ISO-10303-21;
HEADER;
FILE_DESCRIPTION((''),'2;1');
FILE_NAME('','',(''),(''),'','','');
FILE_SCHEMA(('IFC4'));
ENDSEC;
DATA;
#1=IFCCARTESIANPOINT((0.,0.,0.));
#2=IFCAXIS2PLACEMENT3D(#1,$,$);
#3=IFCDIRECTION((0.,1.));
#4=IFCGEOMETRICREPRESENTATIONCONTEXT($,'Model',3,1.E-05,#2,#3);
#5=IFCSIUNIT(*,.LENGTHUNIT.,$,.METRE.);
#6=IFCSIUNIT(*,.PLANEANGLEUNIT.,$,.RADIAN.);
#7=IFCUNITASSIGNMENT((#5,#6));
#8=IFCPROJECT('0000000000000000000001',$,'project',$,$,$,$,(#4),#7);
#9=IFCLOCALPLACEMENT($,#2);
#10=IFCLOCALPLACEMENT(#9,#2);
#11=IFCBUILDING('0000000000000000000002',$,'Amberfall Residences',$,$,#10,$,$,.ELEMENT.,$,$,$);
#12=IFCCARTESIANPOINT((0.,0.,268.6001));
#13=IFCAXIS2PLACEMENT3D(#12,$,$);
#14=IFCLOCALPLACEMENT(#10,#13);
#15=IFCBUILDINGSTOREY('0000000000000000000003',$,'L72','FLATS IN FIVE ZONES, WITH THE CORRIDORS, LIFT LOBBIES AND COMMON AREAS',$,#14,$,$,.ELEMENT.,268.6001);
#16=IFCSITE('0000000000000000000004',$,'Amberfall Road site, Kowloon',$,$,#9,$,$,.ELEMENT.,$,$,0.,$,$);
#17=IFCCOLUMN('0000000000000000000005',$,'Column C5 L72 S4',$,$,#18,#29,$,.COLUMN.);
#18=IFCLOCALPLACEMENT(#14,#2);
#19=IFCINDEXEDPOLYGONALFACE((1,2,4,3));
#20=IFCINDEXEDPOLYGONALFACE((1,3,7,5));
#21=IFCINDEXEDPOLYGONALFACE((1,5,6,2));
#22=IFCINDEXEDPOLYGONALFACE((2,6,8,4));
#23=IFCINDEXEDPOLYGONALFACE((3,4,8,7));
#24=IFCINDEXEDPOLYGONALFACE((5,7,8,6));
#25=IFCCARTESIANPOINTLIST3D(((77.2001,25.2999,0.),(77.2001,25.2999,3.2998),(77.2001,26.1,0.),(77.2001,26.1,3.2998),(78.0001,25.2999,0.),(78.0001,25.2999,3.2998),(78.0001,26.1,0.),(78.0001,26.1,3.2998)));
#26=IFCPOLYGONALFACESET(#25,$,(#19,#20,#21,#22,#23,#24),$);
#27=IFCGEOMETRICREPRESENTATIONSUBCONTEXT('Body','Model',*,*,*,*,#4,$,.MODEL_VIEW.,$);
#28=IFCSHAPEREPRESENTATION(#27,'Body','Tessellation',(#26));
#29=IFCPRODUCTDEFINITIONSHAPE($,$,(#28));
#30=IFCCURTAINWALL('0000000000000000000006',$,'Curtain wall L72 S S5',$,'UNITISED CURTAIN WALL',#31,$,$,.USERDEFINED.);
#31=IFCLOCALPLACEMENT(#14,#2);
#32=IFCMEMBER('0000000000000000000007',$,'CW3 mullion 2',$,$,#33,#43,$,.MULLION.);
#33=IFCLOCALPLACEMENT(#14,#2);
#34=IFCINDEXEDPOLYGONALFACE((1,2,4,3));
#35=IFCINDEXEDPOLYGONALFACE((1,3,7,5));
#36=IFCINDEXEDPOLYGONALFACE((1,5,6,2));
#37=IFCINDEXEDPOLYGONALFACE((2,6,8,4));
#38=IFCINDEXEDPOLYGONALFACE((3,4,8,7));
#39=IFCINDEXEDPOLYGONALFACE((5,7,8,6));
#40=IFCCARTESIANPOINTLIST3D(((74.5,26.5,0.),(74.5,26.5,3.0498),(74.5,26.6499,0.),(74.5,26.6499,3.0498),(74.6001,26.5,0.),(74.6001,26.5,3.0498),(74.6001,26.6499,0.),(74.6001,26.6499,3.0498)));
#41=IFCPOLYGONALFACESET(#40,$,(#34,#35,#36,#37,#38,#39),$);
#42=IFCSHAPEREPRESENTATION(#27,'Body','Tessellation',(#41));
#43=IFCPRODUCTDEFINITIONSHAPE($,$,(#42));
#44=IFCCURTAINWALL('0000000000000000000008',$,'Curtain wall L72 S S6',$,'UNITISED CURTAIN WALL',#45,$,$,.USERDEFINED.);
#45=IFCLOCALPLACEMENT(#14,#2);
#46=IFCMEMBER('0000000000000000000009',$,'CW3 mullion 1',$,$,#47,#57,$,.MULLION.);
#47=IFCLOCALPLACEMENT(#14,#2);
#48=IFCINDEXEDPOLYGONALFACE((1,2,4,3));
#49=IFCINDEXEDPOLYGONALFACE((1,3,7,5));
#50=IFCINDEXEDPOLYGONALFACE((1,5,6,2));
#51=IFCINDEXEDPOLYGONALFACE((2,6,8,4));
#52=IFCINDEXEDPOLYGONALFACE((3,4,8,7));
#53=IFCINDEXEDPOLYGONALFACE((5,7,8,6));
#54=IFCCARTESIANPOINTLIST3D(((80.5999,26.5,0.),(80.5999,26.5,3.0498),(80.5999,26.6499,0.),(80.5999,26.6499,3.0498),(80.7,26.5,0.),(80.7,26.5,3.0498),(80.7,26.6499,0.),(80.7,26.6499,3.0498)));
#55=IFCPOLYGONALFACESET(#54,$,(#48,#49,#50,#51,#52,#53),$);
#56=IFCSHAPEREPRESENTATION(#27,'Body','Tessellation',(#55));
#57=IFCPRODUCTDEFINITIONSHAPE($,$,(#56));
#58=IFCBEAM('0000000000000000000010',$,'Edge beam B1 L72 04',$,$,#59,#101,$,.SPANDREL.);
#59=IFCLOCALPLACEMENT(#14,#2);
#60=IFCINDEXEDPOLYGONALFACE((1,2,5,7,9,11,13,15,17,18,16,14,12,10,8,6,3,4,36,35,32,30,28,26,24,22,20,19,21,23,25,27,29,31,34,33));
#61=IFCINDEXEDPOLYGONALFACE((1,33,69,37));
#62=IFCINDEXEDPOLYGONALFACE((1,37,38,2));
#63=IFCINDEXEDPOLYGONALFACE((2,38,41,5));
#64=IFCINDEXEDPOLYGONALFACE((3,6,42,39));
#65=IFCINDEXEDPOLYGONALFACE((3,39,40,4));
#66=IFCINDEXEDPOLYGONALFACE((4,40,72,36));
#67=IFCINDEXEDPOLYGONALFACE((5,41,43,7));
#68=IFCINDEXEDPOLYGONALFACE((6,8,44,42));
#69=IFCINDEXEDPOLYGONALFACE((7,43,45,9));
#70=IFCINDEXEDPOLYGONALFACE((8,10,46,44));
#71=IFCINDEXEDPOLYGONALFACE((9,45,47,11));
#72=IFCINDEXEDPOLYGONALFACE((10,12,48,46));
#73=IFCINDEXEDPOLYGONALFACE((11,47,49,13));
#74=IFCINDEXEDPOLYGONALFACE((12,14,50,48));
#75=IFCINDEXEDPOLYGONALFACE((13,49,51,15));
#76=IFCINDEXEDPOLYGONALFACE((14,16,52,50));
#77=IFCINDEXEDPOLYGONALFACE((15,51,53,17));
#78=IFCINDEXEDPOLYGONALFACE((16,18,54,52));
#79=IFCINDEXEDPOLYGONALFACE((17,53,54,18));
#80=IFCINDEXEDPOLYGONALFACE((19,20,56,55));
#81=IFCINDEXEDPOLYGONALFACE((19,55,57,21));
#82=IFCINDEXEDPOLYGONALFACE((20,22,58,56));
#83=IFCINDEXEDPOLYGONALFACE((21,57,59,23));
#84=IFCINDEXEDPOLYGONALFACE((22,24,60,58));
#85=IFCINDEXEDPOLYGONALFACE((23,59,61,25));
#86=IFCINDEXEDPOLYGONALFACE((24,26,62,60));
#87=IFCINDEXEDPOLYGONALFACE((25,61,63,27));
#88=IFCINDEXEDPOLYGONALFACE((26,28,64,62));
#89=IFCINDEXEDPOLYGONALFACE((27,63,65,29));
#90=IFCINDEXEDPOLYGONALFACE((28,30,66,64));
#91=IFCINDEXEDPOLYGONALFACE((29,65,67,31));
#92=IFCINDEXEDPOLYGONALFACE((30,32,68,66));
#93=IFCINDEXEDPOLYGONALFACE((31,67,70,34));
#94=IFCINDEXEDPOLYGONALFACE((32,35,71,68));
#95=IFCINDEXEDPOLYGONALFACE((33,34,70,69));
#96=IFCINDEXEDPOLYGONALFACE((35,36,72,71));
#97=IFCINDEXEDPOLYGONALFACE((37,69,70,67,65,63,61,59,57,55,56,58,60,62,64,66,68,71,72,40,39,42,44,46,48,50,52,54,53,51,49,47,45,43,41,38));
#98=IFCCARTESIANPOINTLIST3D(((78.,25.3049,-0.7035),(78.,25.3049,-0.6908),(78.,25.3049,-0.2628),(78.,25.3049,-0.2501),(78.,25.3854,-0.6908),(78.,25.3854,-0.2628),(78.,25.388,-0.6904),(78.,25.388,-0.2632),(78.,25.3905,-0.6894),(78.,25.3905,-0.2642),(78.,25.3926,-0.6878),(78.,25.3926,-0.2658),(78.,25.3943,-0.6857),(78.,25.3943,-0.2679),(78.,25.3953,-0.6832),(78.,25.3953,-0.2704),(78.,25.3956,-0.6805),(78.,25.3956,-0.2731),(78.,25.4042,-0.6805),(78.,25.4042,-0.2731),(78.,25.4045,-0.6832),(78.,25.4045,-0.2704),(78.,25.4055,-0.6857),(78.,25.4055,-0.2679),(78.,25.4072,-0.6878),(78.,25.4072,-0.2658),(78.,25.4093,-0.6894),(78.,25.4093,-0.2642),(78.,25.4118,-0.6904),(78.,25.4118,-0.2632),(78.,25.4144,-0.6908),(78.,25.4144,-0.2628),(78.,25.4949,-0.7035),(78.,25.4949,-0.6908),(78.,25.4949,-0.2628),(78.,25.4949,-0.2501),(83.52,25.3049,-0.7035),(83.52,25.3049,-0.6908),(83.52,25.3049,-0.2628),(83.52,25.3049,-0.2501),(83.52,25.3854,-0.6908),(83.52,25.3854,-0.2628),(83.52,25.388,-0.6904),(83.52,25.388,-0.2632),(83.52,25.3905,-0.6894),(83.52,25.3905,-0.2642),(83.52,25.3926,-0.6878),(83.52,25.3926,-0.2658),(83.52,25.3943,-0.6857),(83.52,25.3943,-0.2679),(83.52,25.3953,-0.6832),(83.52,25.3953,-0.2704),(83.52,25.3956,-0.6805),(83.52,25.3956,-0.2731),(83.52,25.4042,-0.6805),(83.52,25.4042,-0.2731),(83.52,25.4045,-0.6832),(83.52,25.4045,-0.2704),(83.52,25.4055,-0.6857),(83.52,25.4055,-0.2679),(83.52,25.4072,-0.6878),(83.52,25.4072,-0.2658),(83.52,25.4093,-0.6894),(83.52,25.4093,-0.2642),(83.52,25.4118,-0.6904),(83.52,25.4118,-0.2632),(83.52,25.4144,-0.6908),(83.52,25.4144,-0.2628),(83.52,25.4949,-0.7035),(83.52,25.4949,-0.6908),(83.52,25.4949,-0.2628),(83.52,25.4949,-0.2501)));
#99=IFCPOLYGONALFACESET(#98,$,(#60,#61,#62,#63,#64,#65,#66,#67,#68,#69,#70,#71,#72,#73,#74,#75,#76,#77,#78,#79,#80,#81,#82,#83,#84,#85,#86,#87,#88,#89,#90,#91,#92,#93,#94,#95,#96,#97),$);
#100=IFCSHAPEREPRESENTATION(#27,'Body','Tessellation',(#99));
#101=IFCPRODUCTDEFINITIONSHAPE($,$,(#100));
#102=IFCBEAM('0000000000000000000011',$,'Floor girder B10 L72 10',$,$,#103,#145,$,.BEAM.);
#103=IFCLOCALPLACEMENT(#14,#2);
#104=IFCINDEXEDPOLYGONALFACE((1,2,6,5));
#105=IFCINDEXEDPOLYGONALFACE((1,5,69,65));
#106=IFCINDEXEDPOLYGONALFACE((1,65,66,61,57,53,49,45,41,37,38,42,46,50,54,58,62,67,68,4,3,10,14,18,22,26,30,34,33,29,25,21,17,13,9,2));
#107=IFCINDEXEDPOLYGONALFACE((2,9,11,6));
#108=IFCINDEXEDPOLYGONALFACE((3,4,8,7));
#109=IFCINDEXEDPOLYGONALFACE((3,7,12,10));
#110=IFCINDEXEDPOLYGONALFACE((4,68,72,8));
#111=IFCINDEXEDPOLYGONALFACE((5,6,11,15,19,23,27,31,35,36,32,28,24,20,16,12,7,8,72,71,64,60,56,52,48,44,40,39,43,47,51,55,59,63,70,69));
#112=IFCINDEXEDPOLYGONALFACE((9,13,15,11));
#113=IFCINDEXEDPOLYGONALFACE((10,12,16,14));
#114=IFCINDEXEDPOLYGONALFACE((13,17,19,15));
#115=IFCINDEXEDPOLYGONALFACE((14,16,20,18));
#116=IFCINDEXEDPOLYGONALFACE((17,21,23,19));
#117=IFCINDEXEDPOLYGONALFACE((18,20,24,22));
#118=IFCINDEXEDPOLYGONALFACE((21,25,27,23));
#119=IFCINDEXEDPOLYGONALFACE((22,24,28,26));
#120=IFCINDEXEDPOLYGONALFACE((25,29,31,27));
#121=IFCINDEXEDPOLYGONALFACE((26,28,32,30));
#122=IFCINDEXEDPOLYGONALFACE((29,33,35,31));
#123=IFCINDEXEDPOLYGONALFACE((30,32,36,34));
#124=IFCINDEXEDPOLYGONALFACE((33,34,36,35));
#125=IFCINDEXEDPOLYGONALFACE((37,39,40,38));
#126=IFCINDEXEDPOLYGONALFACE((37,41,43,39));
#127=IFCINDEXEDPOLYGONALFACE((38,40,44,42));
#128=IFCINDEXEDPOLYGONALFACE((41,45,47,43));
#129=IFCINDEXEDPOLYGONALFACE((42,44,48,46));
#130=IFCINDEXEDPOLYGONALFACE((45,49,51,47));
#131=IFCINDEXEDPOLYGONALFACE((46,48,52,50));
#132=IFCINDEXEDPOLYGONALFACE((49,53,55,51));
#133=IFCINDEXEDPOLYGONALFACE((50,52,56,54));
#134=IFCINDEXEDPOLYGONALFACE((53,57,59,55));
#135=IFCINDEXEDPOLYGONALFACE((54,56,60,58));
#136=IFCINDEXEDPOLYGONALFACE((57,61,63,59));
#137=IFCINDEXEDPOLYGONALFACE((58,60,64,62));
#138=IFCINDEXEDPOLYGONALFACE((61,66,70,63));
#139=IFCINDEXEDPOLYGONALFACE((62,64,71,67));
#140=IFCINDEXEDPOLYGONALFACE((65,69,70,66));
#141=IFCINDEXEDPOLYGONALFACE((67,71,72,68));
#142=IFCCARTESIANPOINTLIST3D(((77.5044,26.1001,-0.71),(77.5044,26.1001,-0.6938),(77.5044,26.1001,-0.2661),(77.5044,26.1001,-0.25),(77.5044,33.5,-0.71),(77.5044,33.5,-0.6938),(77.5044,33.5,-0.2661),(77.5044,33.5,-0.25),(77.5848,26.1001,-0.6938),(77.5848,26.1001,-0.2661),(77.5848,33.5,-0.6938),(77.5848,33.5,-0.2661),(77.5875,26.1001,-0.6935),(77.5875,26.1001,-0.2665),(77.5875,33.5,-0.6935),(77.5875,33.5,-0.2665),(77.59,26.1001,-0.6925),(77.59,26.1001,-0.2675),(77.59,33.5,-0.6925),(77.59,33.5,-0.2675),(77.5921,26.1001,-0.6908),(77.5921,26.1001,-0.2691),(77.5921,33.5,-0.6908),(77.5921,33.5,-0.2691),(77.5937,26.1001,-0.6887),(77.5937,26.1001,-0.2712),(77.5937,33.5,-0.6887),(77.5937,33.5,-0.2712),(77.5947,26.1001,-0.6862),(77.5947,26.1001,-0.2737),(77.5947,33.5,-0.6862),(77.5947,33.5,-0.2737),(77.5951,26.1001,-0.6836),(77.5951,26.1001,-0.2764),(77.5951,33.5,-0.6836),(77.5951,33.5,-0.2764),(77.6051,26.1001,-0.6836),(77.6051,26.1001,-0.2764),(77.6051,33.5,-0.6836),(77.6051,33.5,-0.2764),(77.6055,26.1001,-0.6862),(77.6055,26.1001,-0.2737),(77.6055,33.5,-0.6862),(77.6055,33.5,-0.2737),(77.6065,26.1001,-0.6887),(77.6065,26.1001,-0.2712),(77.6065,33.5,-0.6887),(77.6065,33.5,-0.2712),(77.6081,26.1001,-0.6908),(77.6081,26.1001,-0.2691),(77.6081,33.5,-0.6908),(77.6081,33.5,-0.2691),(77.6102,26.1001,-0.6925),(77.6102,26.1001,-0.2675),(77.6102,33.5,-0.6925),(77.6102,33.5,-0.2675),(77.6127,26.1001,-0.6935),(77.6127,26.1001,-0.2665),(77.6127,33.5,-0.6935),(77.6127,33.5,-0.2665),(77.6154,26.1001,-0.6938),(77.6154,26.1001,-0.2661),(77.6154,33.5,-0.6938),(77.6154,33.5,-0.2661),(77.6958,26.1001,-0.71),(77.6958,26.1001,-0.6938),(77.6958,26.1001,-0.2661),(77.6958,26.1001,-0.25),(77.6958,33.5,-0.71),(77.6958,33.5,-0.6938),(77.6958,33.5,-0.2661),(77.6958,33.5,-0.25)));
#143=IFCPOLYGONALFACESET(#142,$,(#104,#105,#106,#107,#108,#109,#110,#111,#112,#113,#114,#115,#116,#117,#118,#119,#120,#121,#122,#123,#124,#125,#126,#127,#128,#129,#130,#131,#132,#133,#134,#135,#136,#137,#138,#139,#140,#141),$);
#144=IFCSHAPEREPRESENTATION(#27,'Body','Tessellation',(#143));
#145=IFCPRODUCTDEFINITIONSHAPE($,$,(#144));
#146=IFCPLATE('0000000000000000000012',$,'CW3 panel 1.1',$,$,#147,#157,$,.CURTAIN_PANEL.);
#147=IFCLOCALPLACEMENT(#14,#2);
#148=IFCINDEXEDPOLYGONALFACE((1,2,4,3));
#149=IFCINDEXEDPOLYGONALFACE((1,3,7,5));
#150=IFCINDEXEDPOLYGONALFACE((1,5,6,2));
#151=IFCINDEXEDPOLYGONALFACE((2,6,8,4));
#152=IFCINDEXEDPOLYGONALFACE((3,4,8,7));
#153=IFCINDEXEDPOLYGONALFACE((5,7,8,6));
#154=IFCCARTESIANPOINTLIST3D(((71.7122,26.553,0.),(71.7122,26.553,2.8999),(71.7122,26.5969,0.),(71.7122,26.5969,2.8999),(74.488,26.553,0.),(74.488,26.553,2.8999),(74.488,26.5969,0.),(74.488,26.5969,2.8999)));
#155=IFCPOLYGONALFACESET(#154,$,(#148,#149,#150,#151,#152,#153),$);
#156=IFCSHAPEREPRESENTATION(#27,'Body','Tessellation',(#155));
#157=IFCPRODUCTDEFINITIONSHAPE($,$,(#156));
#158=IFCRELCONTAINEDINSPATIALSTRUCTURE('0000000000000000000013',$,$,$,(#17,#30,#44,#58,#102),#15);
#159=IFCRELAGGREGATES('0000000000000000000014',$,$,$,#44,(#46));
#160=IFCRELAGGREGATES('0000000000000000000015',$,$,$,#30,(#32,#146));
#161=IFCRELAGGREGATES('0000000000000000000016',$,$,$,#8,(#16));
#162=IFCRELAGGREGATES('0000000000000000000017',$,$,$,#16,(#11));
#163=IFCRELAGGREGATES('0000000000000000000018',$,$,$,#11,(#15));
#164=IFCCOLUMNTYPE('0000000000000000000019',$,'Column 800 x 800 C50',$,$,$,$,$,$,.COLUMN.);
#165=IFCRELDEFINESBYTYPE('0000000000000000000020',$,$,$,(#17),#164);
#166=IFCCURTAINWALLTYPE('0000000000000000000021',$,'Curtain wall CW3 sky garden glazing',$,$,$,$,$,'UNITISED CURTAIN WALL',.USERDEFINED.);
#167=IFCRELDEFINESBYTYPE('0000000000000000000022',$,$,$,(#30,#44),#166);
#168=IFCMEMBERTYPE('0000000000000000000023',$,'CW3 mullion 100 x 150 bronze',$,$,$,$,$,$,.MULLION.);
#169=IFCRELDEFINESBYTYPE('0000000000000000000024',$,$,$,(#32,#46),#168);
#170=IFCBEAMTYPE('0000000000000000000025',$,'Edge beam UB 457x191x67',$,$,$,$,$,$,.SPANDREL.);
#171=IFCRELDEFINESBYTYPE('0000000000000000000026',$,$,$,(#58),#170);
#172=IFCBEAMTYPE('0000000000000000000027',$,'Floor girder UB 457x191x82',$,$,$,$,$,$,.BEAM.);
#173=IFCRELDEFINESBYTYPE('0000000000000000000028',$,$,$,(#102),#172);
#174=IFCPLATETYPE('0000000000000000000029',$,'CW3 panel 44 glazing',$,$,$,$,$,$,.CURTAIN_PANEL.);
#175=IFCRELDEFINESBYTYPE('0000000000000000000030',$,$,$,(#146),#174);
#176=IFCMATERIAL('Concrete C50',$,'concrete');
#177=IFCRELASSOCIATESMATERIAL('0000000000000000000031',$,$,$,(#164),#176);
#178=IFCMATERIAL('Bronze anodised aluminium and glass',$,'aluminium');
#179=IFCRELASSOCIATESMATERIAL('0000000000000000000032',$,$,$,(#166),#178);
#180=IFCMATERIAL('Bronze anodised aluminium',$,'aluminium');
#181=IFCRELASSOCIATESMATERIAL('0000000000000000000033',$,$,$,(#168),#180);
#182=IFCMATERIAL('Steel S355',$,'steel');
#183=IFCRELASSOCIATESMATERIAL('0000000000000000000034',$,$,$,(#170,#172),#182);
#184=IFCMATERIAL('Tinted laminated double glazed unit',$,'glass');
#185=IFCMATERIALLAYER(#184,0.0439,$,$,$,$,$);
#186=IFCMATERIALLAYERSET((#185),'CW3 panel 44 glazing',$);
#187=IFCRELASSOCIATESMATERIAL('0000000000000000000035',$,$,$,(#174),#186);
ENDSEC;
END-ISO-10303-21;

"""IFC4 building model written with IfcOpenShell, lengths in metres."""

from ifc_helpers import new_model, si_unit, direction, frame, origin, origin_2d, place, context, subcontext, project, spatial, rectangle, i_section, extrude, material, layer, layer_set, material_profile, profile_set, type_object, element, aggregate, save


model = new_model("IFC4")

# Units and contexts
model_context = context("Model", 3, precision=1e-05, world=origin(), true_north=direction((0.0, 1.0)))
body_context = subcontext(model_context, "Body", "Model", "MODEL_VIEW")
ifc_project = project(units=[si_unit("LENGTHUNIT", "METRE"), si_unit("PLANEANGLEUNIT", "RADIAN")], contexts=[model_context])

# Site, building, storey
site_placement = place(None, origin())
site = spatial("IfcSite", under=ifc_project, at=site_placement, Name="Amberfall Road site, Kowloon", CompositionType="ELEMENT", RefElevation=0.0)
building_placement = place(site_placement, origin())
building = spatial("IfcBuilding", under=site, at=building_placement, Name="Amberfall Residences", CompositionType="ELEMENT")
storey_placement = place(building_placement, frame((0.0, 0.0, 268.6001)))
storey = spatial("IfcBuildingStorey", under=building, at=storey_placement, Name="L72", Description="FLATS IN FIVE ZONES, WITH THE CORRIDORS, LIFT LOBBIES AND COMMON AREAS", CompositionType="ELEMENT", Elevation=268.6001)

# Column
ifc_material_1 = material(Name="Concrete C50", Category="concrete")
ifc_material_profile_1 = material_profile(ifc_material_1, rectangle(XDim=0.8, YDim=0.8, at=origin_2d()), Name="Column 800 x 800 C50")
ifc_profile_set_1 = profile_set([ifc_material_profile_1], Name="Concrete C50")
column_type = type_object("IfcColumnType", Name="Column 800 x 800 C50", PredefinedType="COLUMN", material=ifc_profile_set_1)
column_placement = place(storey_placement, frame((77.6001, 25.7, 0.0), z_axis=(0.0, 0.0, 1.0), x_axis=(1.0, 0.0, 0.0)))
element("IfcColumn", 1, at=column_placement, inside=storey, type_object=column_type, Name="Column C5 L72 S4", PredefinedType="COLUMN", context=body_context, shape_type="SweptSolid", body=[
    extrude(rectangle(XDim=0.8, YDim=0.8, at=origin_2d()), origin(), (0.0, 0.0, 1.0), 3.2998),
])

# Curtain walls, members
ifc_material_2 = material(Name="Bronze anodised aluminium and glass", Category="aluminium")
curtain_wall_type = type_object("IfcCurtainWallType", Name="Curtain wall CW3 sky garden glazing", ElementType="UNITISED CURTAIN WALL", PredefinedType="USERDEFINED", material=ifc_material_2)
curtain_wall_1_placement = place(storey_placement, origin())
curtain_wall_1 = element("IfcCurtainWall", 2, at=curtain_wall_1_placement, inside=storey, type_object=curtain_wall_type, Name="Curtain wall L72 S S5", ObjectType="UNITISED CURTAIN WALL", PredefinedType="USERDEFINED")
ifc_material_3 = material(Name="Bronze anodised aluminium", Category="aluminium")
ifc_material_profile_2 = material_profile(ifc_material_3, rectangle(XDim=0.1499, YDim=0.1001, at=origin_2d()), Name="CW3 mullion 100 x 150 bronze")
ifc_profile_set_2 = profile_set([ifc_material_profile_2], Name="Bronze anodised aluminium")
member_type = type_object("IfcMemberType", Name="CW3 mullion 100 x 150 bronze", PredefinedType="MULLION", material=ifc_profile_set_2)
member_1_placement = place(storey_placement, frame((74.55, 26.575, 0.0), z_axis=(0.0, 0.0, 1.0), x_axis=(0.0, 1.0, 0.0)))
member_1 = element("IfcMember", 3, at=member_1_placement, type_object=member_type, Name="CW3 mullion 2", PredefinedType="MULLION", context=body_context, shape_type="SweptSolid", body=[
    extrude(rectangle(XDim=0.1499, YDim=0.1001, at=origin_2d()), origin(), (0.0, 0.0, 1.0), 3.0498),
])
curtain_wall_2_placement = place(storey_placement, origin())
curtain_wall_2 = element("IfcCurtainWall", 4, at=curtain_wall_2_placement, inside=storey, type_object=curtain_wall_type, Name="Curtain wall L72 S S6", ObjectType="UNITISED CURTAIN WALL", PredefinedType="USERDEFINED")
member_2_placement = place(storey_placement, frame((80.6499, 26.575, 0.0), z_axis=(0.0, 0.0, 1.0), x_axis=(0.0, 1.0, 0.0)))
member_2 = element("IfcMember", 5, at=member_2_placement, type_object=member_type, Name="CW3 mullion 1", PredefinedType="MULLION", context=body_context, shape_type="SweptSolid", body=[
    extrude(rectangle(XDim=0.1499, YDim=0.1001, at=origin_2d()), origin(), (0.0, 0.0, 1.0), 3.0498),
])
aggregate(curtain_wall_2, [member_2])

# Beams
ifc_material_4 = material(Name="Steel S355", Category="steel")
ifc_material_profile_3 = material_profile(ifc_material_4, i_section(OverallWidth=0.1899, OverallDepth=0.4534, WebThickness=0.0085, FlangeThickness=0.0127, FilletRadius=0.0103, at=origin_2d()), Name="UB 457x191x67")
ifc_profile_set_3 = profile_set([ifc_material_profile_3], Name="Steel S355")
beam_type_1 = type_object("IfcBeamType", Name="Edge beam UB 457x191x67", PredefinedType="SPANDREL", material=ifc_profile_set_3)
beam_1_placement = place(storey_placement, frame((78.0, 25.3999, -0.4768), z_axis=(1.0, 0.0, 0.0), x_axis=(0.0, 1.0, 0.0)))
element("IfcBeam", 6, at=beam_1_placement, inside=storey, type_object=beam_type_1, Name="Edge beam B1 L72 04", PredefinedType="SPANDREL", context=body_context, shape_type="SweptSolid", body=[
    extrude(i_section(OverallWidth=0.1899, OverallDepth=0.4534, WebThickness=0.0085, FlangeThickness=0.0127, FilletRadius=0.0103, at=origin_2d()), origin(), (0.0, 0.0, 1.0), 5.52),
])
ifc_material_profile_4 = material_profile(ifc_material_4, i_section(OverallWidth=0.1914, OverallDepth=0.46, WebThickness=0.01, FlangeThickness=0.0161, FilletRadius=0.0103, at=origin_2d()), Name="UB 457x191x82")
ifc_profile_set_4 = profile_set([ifc_material_profile_4], Name="Steel S355")
beam_type_2 = type_object("IfcBeamType", Name="Floor girder UB 457x191x82", PredefinedType="BEAM", material=ifc_profile_set_4)
beam_2_placement = place(storey_placement, frame((77.6001, 26.1001, -0.48), z_axis=(0.0, 1.0, 0.0), x_axis=(-1.0, 0.0, 0.0)))
element("IfcBeam", 7, at=beam_2_placement, inside=storey, type_object=beam_type_2, Name="Floor girder B10 L72 10", PredefinedType="BEAM", context=body_context, shape_type="SweptSolid", body=[
    extrude(i_section(OverallWidth=0.1914, OverallDepth=0.46, WebThickness=0.01, FlangeThickness=0.0161, FilletRadius=0.0103, at=origin_2d()), origin(), (0.0, 0.0, 1.0), 7.3999),
])

# Plate
ifc_material_5 = material(Name="Tinted laminated double glazed unit", Category="glass")
ifc_layer_1 = layer(ifc_material_5, 0.0439)
ifc_layer_set_1 = layer_set([ifc_layer_1], Name="CW3 panel 44 glazing")
plate_type = type_object("IfcPlateType", Name="CW3 panel 44 glazing", PredefinedType="CURTAIN_PANEL", material=ifc_layer_set_1)
plate_placement = place(storey_placement, frame((73.1001, 26.575, 0.0), z_axis=(0.0, 0.0, 1.0), x_axis=(1.0, 0.0, 0.0)))
plate = element("IfcPlate", 8, at=plate_placement, type_object=plate_type, Name="CW3 panel 1.1", PredefinedType="CURTAIN_PANEL", context=body_context, shape_type="SweptSolid", body=[
    extrude(rectangle(XDim=2.7759, YDim=0.0439, at=origin_2d()), origin(), (0.0, 0.0, 1.0), 2.8999),
])
aggregate(curtain_wall_1, [member_1, plate])

save(model, "model.ifc")
